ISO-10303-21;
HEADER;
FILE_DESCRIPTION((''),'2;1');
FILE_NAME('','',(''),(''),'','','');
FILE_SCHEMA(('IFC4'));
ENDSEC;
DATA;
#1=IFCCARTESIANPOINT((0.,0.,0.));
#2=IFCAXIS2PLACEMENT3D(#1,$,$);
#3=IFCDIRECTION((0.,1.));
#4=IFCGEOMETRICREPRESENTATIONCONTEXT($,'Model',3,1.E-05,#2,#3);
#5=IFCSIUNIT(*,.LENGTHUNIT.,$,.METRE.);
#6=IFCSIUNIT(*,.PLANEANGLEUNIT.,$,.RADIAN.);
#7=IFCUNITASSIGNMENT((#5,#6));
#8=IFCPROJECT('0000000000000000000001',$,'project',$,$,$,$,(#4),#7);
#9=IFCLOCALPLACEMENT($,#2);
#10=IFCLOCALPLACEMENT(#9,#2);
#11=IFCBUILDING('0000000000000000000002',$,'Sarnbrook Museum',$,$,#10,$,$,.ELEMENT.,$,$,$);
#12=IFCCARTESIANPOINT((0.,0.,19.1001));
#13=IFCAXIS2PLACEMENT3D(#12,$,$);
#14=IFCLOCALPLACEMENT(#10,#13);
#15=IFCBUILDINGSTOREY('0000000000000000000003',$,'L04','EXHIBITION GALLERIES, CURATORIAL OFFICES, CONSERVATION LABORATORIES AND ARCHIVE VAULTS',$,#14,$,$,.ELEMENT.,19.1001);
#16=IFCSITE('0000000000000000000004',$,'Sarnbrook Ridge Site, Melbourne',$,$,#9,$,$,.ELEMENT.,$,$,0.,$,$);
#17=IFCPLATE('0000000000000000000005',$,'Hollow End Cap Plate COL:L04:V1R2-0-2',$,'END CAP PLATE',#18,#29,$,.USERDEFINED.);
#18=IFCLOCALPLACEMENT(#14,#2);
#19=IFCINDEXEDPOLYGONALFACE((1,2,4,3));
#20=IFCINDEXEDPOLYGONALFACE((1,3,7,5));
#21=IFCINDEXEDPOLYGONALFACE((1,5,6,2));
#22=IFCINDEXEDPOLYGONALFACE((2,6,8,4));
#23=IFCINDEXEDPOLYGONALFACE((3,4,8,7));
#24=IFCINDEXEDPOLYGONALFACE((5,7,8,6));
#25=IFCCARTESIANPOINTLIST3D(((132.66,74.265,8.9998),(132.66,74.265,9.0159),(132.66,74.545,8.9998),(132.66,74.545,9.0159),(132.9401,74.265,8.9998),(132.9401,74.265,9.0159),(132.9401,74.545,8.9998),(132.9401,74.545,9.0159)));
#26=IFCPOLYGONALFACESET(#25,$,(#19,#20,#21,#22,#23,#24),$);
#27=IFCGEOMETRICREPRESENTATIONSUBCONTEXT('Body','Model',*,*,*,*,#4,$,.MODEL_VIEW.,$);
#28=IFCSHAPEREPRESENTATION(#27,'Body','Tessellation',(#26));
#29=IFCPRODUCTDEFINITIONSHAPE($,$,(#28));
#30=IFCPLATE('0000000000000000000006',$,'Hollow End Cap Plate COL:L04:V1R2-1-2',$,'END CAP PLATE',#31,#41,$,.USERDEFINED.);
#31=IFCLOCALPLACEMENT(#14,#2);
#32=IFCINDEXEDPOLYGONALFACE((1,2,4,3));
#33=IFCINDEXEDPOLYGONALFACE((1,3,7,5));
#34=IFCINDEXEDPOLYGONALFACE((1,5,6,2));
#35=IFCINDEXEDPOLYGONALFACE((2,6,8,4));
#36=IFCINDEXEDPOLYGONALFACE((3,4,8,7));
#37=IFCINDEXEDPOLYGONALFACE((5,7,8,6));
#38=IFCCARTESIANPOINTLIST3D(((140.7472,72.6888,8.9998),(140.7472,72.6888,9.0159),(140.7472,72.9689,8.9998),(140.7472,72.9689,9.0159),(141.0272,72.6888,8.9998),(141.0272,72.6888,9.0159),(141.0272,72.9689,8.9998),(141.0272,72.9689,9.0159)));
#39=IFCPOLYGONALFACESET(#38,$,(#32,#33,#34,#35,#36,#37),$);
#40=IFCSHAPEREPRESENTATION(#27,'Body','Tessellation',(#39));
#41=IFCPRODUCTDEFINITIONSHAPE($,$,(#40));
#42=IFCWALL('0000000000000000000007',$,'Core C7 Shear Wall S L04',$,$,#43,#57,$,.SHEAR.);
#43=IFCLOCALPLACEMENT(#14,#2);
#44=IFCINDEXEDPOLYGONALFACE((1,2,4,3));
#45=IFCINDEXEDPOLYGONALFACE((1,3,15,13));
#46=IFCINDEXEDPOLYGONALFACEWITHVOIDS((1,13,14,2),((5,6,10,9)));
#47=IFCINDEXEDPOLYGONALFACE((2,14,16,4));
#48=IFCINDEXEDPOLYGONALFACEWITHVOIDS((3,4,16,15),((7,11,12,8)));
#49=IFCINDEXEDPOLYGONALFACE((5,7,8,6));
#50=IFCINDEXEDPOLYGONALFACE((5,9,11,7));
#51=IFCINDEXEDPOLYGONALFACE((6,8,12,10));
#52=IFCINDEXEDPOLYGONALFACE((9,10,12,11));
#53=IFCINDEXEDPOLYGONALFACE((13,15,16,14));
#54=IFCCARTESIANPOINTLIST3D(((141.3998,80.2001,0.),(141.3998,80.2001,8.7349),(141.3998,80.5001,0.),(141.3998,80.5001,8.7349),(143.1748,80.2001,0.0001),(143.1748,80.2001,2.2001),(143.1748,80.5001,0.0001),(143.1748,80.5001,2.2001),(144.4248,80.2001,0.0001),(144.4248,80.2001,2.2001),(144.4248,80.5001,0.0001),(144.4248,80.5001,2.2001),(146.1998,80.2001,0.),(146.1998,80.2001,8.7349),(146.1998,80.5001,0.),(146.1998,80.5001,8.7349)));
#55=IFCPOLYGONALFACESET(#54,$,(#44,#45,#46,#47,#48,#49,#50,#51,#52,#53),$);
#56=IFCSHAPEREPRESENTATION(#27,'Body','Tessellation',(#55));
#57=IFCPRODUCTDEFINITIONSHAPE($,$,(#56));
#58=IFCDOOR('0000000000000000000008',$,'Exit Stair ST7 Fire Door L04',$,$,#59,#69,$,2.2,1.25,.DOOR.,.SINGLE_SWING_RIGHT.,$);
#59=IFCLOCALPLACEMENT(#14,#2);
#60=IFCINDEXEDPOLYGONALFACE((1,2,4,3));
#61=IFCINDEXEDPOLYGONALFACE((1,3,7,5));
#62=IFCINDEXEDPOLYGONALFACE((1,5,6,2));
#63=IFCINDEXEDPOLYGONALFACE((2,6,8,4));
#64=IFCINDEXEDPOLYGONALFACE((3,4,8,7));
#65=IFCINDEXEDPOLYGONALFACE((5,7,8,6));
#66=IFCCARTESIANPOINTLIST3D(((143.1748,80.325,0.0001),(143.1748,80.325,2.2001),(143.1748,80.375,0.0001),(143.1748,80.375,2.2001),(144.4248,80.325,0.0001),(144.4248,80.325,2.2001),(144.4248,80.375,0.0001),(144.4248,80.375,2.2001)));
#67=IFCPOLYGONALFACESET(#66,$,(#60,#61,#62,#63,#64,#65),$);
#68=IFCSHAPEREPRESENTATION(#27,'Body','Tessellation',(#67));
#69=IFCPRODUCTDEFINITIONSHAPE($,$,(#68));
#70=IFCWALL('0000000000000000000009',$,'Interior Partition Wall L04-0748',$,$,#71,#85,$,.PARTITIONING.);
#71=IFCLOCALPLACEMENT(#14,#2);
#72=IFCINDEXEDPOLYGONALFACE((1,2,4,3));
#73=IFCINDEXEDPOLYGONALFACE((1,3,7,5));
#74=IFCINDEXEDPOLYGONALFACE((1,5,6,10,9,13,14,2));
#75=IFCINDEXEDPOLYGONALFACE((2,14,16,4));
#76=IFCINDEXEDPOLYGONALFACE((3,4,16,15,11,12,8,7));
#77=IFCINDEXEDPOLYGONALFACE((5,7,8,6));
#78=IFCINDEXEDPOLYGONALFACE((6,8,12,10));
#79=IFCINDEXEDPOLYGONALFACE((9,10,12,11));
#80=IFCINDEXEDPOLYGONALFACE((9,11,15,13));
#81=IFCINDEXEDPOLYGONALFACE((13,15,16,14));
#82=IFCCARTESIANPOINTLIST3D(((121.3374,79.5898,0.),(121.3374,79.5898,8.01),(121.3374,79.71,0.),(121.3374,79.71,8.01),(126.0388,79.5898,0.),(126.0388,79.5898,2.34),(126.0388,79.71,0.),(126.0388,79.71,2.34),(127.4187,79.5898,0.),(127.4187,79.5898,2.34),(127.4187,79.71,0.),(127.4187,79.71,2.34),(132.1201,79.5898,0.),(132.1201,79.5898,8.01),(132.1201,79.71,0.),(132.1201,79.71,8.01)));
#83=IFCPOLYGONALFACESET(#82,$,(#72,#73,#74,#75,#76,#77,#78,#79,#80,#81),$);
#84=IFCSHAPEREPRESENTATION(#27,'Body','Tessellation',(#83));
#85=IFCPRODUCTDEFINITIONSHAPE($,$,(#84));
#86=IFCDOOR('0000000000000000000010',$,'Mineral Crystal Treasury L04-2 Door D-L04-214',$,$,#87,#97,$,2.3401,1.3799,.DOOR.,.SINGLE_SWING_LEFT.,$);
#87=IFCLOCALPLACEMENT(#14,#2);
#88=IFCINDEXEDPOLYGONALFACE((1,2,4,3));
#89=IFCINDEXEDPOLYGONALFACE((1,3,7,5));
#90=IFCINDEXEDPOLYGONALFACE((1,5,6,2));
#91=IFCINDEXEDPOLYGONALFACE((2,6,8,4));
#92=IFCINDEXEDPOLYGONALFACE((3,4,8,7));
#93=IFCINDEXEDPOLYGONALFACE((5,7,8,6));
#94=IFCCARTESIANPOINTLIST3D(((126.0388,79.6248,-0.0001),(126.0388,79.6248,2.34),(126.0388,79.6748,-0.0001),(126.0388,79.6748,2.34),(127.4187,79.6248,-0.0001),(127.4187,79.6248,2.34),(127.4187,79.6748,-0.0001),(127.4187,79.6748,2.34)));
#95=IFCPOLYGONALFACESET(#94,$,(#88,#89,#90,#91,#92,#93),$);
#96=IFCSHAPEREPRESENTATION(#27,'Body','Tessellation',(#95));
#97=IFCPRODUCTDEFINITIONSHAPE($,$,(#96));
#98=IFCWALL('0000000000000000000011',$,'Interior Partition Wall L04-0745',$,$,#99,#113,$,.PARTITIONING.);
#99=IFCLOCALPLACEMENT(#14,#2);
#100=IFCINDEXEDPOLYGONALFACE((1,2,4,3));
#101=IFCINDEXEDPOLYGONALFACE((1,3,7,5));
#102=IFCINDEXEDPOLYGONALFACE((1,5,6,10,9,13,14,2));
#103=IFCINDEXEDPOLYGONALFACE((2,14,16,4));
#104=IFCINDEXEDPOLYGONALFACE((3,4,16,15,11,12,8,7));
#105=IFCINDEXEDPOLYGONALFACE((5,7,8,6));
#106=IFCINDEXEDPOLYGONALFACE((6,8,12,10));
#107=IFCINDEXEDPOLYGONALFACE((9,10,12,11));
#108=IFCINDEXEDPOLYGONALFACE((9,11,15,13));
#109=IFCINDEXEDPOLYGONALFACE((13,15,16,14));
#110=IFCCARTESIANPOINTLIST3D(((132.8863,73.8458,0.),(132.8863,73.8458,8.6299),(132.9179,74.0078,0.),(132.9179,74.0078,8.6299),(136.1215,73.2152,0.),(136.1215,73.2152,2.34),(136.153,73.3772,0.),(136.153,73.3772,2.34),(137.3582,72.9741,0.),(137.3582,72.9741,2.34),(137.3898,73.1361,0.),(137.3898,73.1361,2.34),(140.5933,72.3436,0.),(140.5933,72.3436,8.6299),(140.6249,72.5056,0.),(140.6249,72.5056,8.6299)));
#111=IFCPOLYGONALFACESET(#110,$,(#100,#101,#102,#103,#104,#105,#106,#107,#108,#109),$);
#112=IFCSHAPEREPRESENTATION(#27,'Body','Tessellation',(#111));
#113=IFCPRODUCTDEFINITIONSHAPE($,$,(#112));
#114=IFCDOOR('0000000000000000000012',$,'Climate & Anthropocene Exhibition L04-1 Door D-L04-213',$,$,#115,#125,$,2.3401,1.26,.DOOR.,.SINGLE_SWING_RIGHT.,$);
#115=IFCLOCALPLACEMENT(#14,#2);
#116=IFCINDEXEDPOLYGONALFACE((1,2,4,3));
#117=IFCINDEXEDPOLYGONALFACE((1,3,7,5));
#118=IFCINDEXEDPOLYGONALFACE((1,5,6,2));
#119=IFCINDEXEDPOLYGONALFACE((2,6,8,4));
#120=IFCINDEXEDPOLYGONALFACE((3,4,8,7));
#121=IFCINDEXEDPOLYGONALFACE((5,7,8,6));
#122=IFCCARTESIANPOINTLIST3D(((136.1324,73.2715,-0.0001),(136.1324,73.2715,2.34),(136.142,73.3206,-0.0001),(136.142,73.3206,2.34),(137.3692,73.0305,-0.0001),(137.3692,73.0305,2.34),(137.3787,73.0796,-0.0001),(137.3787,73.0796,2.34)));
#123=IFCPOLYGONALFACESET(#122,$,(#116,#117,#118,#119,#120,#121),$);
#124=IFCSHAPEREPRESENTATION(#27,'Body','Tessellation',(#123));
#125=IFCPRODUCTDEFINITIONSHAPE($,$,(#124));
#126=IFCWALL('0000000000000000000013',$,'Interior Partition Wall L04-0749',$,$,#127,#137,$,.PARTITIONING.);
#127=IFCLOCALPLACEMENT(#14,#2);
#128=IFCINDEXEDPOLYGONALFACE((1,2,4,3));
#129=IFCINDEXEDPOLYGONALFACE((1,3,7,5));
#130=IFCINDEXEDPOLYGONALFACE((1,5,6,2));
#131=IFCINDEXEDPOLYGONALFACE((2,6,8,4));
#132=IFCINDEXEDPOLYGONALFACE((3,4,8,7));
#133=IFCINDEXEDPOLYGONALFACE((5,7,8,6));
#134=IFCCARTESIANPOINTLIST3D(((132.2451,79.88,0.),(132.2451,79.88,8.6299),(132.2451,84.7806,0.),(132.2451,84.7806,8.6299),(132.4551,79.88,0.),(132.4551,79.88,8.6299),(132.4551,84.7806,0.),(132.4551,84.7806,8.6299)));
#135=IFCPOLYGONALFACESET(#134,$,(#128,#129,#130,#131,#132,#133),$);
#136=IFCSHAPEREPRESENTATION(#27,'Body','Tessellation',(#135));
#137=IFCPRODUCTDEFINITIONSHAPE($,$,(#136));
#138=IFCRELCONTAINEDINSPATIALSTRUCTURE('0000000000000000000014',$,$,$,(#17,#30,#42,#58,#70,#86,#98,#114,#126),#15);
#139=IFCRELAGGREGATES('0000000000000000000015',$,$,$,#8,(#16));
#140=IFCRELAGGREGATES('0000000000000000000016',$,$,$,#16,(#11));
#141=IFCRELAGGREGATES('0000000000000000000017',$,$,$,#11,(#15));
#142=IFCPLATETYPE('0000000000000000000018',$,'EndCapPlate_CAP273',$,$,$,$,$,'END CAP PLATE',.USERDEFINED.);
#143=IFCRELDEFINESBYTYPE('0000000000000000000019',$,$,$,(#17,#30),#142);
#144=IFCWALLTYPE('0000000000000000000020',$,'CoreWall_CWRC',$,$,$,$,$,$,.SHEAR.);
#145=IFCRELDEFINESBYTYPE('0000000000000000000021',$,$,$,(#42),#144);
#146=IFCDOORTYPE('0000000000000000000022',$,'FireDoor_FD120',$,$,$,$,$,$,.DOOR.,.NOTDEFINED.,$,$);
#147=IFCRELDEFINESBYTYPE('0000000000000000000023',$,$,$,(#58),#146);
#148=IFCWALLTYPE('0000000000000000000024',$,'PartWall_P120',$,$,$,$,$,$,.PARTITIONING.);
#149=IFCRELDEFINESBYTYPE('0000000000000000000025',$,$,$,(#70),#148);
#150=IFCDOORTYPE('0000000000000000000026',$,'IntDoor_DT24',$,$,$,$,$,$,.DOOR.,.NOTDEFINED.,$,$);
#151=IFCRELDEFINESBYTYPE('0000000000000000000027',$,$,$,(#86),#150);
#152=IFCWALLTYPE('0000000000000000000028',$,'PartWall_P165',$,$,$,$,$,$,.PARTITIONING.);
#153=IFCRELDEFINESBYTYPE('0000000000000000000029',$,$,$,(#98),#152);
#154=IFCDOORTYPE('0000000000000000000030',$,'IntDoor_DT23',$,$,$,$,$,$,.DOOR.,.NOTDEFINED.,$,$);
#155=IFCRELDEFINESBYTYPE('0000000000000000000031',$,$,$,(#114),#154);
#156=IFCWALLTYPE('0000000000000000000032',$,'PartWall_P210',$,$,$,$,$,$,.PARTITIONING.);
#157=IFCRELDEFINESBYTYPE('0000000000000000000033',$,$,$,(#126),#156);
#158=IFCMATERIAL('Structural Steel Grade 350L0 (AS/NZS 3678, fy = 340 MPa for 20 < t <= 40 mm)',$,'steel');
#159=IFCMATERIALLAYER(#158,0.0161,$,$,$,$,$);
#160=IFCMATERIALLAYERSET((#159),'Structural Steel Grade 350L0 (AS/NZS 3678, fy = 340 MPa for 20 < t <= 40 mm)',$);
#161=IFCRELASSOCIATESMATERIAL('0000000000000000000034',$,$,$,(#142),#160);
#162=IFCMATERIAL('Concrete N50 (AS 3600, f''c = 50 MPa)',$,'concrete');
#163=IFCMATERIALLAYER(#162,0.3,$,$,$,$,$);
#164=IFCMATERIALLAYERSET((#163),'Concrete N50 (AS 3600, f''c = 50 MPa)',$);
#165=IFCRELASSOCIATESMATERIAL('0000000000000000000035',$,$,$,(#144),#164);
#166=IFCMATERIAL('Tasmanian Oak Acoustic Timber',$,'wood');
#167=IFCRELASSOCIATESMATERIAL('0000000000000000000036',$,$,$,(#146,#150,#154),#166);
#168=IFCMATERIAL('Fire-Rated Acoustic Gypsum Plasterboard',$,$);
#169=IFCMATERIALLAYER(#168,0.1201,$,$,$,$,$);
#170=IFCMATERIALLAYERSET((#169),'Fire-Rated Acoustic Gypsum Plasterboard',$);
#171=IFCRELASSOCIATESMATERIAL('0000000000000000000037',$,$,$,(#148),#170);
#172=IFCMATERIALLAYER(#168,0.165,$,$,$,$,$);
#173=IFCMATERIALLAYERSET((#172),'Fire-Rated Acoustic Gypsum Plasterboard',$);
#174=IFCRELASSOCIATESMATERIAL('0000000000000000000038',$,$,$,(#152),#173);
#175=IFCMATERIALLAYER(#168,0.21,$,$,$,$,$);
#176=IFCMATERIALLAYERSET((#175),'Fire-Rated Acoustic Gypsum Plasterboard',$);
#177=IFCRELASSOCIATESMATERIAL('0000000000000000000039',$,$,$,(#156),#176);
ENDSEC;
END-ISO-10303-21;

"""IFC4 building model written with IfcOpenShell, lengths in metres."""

from ifc_helpers import new_model, si_unit, direction, frame, frame_2d, origin, origin_2d, place, context, subcontext, project, spatial, rectangle, extrude, material, layer, layer_set, type_object, element, fill, save


model = new_model("IFC4")

# Units and contexts
model_context = context("Model", 3, precision=1e-05, world=origin(), true_north=direction((0.0, 1.0)))
body_context = subcontext(model_context, "Body", "Model", "MODEL_VIEW")
ifc_project = project(units=[si_unit("LENGTHUNIT", "METRE"), si_unit("PLANEANGLEUNIT", "RADIAN")], contexts=[model_context])

# Site, building, storey
site_placement = place(None, origin())
site = spatial("IfcSite", under=ifc_project, at=site_placement, Name="Sarnbrook Ridge Site, Melbourne", CompositionType="ELEMENT", RefElevation=0.0)
building_placement = place(site_placement, origin())
building = spatial("IfcBuilding", under=site, at=building_placement, Name="Sarnbrook Museum", CompositionType="ELEMENT")
storey_placement = place(building_placement, frame((0.0, 0.0, 19.1001)))
storey = spatial("IfcBuildingStorey", under=building, at=storey_placement, Name="L04", Description="EXHIBITION GALLERIES, CURATORIAL OFFICES, CONSERVATION LABORATORIES AND ARCHIVE VAULTS", CompositionType="ELEMENT", Elevation=19.1001)

# Shared definitions
ifc_material_1 = material(Name="Structural Steel Grade 350L0 (AS/NZS 3678, fy = 340 MPa for 20 < t <= 40 mm)", Category="steel")

# Plates
ifc_layer_1 = layer(ifc_material_1, 0.0161)
ifc_layer_set_1 = layer_set([ifc_layer_1], Name="Structural Steel Grade 350L0 (AS/NZS 3678, fy = 340 MPa for 20 < t <= 40 mm)")
plate_type = type_object("IfcPlateType", Name="EndCapPlate_CAP273", ElementType="END CAP PLATE", PredefinedType="USERDEFINED", material=ifc_layer_set_1)
for number, where, z_axis, x_axis, name in (
    (1, (132.8, 74.405, 8.9998), (0.0, 0.0, 1.0), (1.0, 0.0, 0.0), "Hollow End Cap Plate COL:L04:V1R2-0-2"),
    (2, (140.8872, 72.8289, 8.9998), (0.0, 0.0, 1.0), (1.0, 0.0, 0.0), "Hollow End Cap Plate COL:L04:V1R2-1-2"),
):
    element("IfcPlate", number, at=place(storey_placement, frame(where, z_axis=z_axis, x_axis=x_axis)), inside=storey, type_object=plate_type, Name=name, ObjectType="END CAP PLATE", PredefinedType="USERDEFINED", context=body_context, shape_type="SweptSolid", body=[
        extrude(rectangle(XDim=0.28, YDim=0.28, at=origin_2d()), origin(), (0.0, 0.0, 1.0), 0.0161),
    ])

# Walls, openings, doors
ifc_material_2 = material(Name="Concrete N50 (AS 3600, f'c = 50 MPa)", Category="concrete")
ifc_layer_2 = layer(ifc_material_2, 0.3)
ifc_layer_set_2 = layer_set([ifc_layer_2], Name="Concrete N50 (AS 3600, f'c = 50 MPa)")
wall_type_1 = type_object("IfcWallType", Name="CoreWall_CWRC", PredefinedType="SHEAR", material=ifc_layer_set_2)
wall_1_placement = place(storey_placement, frame((141.3999, 80.3501, 0.0), z_axis=(0.0, 0.0, 1.0), x_axis=(1.0, 0.0, 0.0)))
wall_1 = element("IfcWall", 3, at=wall_1_placement, inside=storey, type_object=wall_type_1, Name="Core C7 Shear Wall S L04", PredefinedType="SHEAR", context=body_context, shape_type="SweptSolid", body=[
    extrude(rectangle(XDim=4.8, YDim=0.3, at=frame_2d((2.3999, 0.0))), origin(), (0.0, 0.0, 1.0), 8.7349),
])
opening_1_placement = place(wall_1_placement, frame((1.7749, 0.0, 0.0)))
opening_1 = element("IfcOpeningElement", 4, at=opening_1_placement, cuts=wall_1, PredefinedType="OPENING", context=body_context, shape_type="SweptSolid", body=[
    extrude(rectangle(XDim=1.25, YDim=2.2, at=frame_2d((0.625, 1.1001))), frame((0.0, 0.1602, 0.0), z_axis=(0.0, -1.0, 0.0), x_axis=(1.0, 0.0, 0.0)), (0.0, 0.0, 1.0), 0.3201),
])
ifc_material_3 = material(Name="Tasmanian Oak Acoustic Timber", Category="wood")
door_type_1 = type_object("IfcDoorType", Name="FireDoor_FD120", OperationType="NOTDEFINED", PredefinedType="DOOR", material=ifc_material_3)
door_1_placement = place(opening_1_placement, origin())
door_1 = element("IfcDoor", 5, at=door_1_placement, inside=storey, type_object=door_type_1, Name="Exit Stair ST7 Fire Door L04", OperationType="SINGLE_SWING_RIGHT", OverallHeight=2.2, OverallWidth=1.25, PredefinedType="DOOR", context=body_context, shape_type="SweptSolid", body=[
    extrude(rectangle(XDim=1.25, YDim=2.2, at=frame_2d((0.625, 1.1001))), frame((0.0, 0.0249, 0.0), z_axis=(0.0, -1.0, 0.0), x_axis=(1.0, 0.0, 0.0)), (0.0, 0.0, 1.0), 0.05),
])
fill(opening_1, door_1)
ifc_material_4 = material(Name="Fire-Rated Acoustic Gypsum Plasterboard")
ifc_layer_3 = layer(ifc_material_4, 0.1201)
ifc_layer_set_3 = layer_set([ifc_layer_3], Name="Fire-Rated Acoustic Gypsum Plasterboard")
wall_type_2 = type_object("IfcWallType", Name="PartWall_P120", PredefinedType="PARTITIONING", material=ifc_layer_set_3)
wall_2_placement = place(storey_placement, frame((132.1201, 79.6499, 0.0), z_axis=(0.0, 0.0, 1.0), x_axis=(-1.0, 0.0, 0.0)))
wall_2 = element("IfcWall", 6, at=wall_2_placement, inside=storey, type_object=wall_type_2, Name="Interior Partition Wall L04-0748", PredefinedType="PARTITIONING", context=body_context, shape_type="SweptSolid", body=[
    extrude(rectangle(XDim=10.7827, YDim=0.1201, at=frame_2d((5.3914, 0.0))), origin(), (0.0, 0.0, 1.0), 8.01),
])
opening_2_placement = place(wall_2_placement, frame((4.7014, 0.0, 0.0)))
opening_2 = element("IfcOpeningElement", 7, at=opening_2_placement, cuts=wall_2, PredefinedType="OPENING", context=body_context, shape_type="SweptSolid", body=[
    extrude(rectangle(XDim=1.3799, YDim=2.3401, at=frame_2d((0.6899, 1.1699))), frame((0.0, 0.0701, 0.0), z_axis=(0.0, -1.0, 0.0), x_axis=(1.0, 0.0, 0.0)), (0.0, 0.0, 1.0), 0.1401),
])
door_type_2 = type_object("IfcDoorType", Name="IntDoor_DT24", OperationType="NOTDEFINED", PredefinedType="DOOR", material=ifc_material_3)
door_2_placement = place(opening_2_placement, frame((1.3799, 0.0, 0.0), z_axis=(0.0, 0.0, 1.0), x_axis=(-1.0, 0.0, 0.0)))
door_2 = element("IfcDoor", 8, at=door_2_placement, inside=storey, type_object=door_type_2, Name="Mineral Crystal Treasury L04-2 Door D-L04-214", OperationType="SINGLE_SWING_LEFT", OverallHeight=2.3401, OverallWidth=1.3799, PredefinedType="DOOR", context=body_context, shape_type="SweptSolid", body=[
    extrude(rectangle(XDim=1.3799, YDim=2.3401, at=frame_2d((0.6899, 1.1699))), frame((0.0, 0.0249, 0.0), z_axis=(0.0, -1.0, 0.0), x_axis=(1.0, 0.0, 0.0)), (0.0, 0.0, 1.0), 0.05),
])
fill(opening_2, door_2)
ifc_layer_4 = layer(ifc_material_4, 0.165)
ifc_layer_set_4 = layer_set([ifc_layer_4], Name="Fire-Rated Acoustic Gypsum Plasterboard")
wall_type_3 = type_object("IfcWallType", Name="PartWall_P165", PredefinedType="PARTITIONING", material=ifc_layer_set_4)
wall_3_placement = place(storey_placement, frame((132.9021, 73.9268, 0.0), z_axis=(0.0, 0.0, 1.0), x_axis=(0.981529, -0.191312, 0.0)))
wall_3 = element("IfcWall", 9, at=wall_3_placement, inside=storey, type_object=wall_type_3, Name="Interior Partition Wall L04-0745", PredefinedType="PARTITIONING", context=body_context, shape_type="SweptSolid", body=[
    extrude(rectangle(XDim=7.8521, YDim=0.165, at=frame_2d((3.926, 0.0))), origin(), (0.0, 0.0, 1.0), 8.6299),
])
opening_3_placement = place(wall_3_placement, frame((3.2961, 0.0, 0.0)))
opening_3 = element("IfcOpeningElement", 10, at=opening_3_placement, cuts=wall_3, PredefinedType="OPENING", context=body_context, shape_type="SweptSolid", body=[
    extrude(rectangle(XDim=1.26, YDim=2.3401, at=frame_2d((0.6299, 1.1699))), frame((0.0, 0.0925, 0.0), z_axis=(0.0, -1.0, 0.0), x_axis=(1.0, 0.0, 0.0)), (0.0, 0.0, 1.0), 0.1851),
])
door_type_3 = type_object("IfcDoorType", Name="IntDoor_DT23", OperationType="NOTDEFINED", PredefinedType="DOOR", material=ifc_material_3)
door_3_placement = place(opening_3_placement, origin())
door_3 = element("IfcDoor", 11, at=door_3_placement, inside=storey, type_object=door_type_3, Name="Climate & Anthropocene Exhibition L04-1 Door D-L04-213", OperationType="SINGLE_SWING_RIGHT", OverallHeight=2.3401, OverallWidth=1.26, PredefinedType="DOOR", context=body_context, shape_type="SweptSolid", body=[
    extrude(rectangle(XDim=1.26, YDim=2.3401, at=frame_2d((0.6299, 1.1699))), frame((0.0, 0.0249, 0.0), z_axis=(0.0, -1.0, 0.0), x_axis=(1.0, 0.0, 0.0)), (0.0, 0.0, 1.0), 0.05),
])
fill(opening_3, door_3)

# Wall
ifc_layer_5 = layer(ifc_material_4, 0.21)
ifc_layer_set_5 = layer_set([ifc_layer_5], Name="Fire-Rated Acoustic Gypsum Plasterboard")
wall_type_4 = type_object("IfcWallType", Name="PartWall_P210", PredefinedType="PARTITIONING", material=ifc_layer_set_5)
wall_4_placement = place(storey_placement, frame((132.3501, 84.7805, 0.0), z_axis=(0.0, 0.0, 1.0), x_axis=(0.0, -1.0, 0.0)))
element("IfcWall", 12, at=wall_4_placement, inside=storey, type_object=wall_type_4, Name="Interior Partition Wall L04-0749", PredefinedType="PARTITIONING", context=body_context, shape_type="SweptSolid", body=[
    extrude(rectangle(XDim=4.9006, YDim=0.21, at=frame_2d((2.4502, 0.0))), origin(), (0.0, 0.0, 1.0), 8.6299),
])

save(model, "model.ifc")
